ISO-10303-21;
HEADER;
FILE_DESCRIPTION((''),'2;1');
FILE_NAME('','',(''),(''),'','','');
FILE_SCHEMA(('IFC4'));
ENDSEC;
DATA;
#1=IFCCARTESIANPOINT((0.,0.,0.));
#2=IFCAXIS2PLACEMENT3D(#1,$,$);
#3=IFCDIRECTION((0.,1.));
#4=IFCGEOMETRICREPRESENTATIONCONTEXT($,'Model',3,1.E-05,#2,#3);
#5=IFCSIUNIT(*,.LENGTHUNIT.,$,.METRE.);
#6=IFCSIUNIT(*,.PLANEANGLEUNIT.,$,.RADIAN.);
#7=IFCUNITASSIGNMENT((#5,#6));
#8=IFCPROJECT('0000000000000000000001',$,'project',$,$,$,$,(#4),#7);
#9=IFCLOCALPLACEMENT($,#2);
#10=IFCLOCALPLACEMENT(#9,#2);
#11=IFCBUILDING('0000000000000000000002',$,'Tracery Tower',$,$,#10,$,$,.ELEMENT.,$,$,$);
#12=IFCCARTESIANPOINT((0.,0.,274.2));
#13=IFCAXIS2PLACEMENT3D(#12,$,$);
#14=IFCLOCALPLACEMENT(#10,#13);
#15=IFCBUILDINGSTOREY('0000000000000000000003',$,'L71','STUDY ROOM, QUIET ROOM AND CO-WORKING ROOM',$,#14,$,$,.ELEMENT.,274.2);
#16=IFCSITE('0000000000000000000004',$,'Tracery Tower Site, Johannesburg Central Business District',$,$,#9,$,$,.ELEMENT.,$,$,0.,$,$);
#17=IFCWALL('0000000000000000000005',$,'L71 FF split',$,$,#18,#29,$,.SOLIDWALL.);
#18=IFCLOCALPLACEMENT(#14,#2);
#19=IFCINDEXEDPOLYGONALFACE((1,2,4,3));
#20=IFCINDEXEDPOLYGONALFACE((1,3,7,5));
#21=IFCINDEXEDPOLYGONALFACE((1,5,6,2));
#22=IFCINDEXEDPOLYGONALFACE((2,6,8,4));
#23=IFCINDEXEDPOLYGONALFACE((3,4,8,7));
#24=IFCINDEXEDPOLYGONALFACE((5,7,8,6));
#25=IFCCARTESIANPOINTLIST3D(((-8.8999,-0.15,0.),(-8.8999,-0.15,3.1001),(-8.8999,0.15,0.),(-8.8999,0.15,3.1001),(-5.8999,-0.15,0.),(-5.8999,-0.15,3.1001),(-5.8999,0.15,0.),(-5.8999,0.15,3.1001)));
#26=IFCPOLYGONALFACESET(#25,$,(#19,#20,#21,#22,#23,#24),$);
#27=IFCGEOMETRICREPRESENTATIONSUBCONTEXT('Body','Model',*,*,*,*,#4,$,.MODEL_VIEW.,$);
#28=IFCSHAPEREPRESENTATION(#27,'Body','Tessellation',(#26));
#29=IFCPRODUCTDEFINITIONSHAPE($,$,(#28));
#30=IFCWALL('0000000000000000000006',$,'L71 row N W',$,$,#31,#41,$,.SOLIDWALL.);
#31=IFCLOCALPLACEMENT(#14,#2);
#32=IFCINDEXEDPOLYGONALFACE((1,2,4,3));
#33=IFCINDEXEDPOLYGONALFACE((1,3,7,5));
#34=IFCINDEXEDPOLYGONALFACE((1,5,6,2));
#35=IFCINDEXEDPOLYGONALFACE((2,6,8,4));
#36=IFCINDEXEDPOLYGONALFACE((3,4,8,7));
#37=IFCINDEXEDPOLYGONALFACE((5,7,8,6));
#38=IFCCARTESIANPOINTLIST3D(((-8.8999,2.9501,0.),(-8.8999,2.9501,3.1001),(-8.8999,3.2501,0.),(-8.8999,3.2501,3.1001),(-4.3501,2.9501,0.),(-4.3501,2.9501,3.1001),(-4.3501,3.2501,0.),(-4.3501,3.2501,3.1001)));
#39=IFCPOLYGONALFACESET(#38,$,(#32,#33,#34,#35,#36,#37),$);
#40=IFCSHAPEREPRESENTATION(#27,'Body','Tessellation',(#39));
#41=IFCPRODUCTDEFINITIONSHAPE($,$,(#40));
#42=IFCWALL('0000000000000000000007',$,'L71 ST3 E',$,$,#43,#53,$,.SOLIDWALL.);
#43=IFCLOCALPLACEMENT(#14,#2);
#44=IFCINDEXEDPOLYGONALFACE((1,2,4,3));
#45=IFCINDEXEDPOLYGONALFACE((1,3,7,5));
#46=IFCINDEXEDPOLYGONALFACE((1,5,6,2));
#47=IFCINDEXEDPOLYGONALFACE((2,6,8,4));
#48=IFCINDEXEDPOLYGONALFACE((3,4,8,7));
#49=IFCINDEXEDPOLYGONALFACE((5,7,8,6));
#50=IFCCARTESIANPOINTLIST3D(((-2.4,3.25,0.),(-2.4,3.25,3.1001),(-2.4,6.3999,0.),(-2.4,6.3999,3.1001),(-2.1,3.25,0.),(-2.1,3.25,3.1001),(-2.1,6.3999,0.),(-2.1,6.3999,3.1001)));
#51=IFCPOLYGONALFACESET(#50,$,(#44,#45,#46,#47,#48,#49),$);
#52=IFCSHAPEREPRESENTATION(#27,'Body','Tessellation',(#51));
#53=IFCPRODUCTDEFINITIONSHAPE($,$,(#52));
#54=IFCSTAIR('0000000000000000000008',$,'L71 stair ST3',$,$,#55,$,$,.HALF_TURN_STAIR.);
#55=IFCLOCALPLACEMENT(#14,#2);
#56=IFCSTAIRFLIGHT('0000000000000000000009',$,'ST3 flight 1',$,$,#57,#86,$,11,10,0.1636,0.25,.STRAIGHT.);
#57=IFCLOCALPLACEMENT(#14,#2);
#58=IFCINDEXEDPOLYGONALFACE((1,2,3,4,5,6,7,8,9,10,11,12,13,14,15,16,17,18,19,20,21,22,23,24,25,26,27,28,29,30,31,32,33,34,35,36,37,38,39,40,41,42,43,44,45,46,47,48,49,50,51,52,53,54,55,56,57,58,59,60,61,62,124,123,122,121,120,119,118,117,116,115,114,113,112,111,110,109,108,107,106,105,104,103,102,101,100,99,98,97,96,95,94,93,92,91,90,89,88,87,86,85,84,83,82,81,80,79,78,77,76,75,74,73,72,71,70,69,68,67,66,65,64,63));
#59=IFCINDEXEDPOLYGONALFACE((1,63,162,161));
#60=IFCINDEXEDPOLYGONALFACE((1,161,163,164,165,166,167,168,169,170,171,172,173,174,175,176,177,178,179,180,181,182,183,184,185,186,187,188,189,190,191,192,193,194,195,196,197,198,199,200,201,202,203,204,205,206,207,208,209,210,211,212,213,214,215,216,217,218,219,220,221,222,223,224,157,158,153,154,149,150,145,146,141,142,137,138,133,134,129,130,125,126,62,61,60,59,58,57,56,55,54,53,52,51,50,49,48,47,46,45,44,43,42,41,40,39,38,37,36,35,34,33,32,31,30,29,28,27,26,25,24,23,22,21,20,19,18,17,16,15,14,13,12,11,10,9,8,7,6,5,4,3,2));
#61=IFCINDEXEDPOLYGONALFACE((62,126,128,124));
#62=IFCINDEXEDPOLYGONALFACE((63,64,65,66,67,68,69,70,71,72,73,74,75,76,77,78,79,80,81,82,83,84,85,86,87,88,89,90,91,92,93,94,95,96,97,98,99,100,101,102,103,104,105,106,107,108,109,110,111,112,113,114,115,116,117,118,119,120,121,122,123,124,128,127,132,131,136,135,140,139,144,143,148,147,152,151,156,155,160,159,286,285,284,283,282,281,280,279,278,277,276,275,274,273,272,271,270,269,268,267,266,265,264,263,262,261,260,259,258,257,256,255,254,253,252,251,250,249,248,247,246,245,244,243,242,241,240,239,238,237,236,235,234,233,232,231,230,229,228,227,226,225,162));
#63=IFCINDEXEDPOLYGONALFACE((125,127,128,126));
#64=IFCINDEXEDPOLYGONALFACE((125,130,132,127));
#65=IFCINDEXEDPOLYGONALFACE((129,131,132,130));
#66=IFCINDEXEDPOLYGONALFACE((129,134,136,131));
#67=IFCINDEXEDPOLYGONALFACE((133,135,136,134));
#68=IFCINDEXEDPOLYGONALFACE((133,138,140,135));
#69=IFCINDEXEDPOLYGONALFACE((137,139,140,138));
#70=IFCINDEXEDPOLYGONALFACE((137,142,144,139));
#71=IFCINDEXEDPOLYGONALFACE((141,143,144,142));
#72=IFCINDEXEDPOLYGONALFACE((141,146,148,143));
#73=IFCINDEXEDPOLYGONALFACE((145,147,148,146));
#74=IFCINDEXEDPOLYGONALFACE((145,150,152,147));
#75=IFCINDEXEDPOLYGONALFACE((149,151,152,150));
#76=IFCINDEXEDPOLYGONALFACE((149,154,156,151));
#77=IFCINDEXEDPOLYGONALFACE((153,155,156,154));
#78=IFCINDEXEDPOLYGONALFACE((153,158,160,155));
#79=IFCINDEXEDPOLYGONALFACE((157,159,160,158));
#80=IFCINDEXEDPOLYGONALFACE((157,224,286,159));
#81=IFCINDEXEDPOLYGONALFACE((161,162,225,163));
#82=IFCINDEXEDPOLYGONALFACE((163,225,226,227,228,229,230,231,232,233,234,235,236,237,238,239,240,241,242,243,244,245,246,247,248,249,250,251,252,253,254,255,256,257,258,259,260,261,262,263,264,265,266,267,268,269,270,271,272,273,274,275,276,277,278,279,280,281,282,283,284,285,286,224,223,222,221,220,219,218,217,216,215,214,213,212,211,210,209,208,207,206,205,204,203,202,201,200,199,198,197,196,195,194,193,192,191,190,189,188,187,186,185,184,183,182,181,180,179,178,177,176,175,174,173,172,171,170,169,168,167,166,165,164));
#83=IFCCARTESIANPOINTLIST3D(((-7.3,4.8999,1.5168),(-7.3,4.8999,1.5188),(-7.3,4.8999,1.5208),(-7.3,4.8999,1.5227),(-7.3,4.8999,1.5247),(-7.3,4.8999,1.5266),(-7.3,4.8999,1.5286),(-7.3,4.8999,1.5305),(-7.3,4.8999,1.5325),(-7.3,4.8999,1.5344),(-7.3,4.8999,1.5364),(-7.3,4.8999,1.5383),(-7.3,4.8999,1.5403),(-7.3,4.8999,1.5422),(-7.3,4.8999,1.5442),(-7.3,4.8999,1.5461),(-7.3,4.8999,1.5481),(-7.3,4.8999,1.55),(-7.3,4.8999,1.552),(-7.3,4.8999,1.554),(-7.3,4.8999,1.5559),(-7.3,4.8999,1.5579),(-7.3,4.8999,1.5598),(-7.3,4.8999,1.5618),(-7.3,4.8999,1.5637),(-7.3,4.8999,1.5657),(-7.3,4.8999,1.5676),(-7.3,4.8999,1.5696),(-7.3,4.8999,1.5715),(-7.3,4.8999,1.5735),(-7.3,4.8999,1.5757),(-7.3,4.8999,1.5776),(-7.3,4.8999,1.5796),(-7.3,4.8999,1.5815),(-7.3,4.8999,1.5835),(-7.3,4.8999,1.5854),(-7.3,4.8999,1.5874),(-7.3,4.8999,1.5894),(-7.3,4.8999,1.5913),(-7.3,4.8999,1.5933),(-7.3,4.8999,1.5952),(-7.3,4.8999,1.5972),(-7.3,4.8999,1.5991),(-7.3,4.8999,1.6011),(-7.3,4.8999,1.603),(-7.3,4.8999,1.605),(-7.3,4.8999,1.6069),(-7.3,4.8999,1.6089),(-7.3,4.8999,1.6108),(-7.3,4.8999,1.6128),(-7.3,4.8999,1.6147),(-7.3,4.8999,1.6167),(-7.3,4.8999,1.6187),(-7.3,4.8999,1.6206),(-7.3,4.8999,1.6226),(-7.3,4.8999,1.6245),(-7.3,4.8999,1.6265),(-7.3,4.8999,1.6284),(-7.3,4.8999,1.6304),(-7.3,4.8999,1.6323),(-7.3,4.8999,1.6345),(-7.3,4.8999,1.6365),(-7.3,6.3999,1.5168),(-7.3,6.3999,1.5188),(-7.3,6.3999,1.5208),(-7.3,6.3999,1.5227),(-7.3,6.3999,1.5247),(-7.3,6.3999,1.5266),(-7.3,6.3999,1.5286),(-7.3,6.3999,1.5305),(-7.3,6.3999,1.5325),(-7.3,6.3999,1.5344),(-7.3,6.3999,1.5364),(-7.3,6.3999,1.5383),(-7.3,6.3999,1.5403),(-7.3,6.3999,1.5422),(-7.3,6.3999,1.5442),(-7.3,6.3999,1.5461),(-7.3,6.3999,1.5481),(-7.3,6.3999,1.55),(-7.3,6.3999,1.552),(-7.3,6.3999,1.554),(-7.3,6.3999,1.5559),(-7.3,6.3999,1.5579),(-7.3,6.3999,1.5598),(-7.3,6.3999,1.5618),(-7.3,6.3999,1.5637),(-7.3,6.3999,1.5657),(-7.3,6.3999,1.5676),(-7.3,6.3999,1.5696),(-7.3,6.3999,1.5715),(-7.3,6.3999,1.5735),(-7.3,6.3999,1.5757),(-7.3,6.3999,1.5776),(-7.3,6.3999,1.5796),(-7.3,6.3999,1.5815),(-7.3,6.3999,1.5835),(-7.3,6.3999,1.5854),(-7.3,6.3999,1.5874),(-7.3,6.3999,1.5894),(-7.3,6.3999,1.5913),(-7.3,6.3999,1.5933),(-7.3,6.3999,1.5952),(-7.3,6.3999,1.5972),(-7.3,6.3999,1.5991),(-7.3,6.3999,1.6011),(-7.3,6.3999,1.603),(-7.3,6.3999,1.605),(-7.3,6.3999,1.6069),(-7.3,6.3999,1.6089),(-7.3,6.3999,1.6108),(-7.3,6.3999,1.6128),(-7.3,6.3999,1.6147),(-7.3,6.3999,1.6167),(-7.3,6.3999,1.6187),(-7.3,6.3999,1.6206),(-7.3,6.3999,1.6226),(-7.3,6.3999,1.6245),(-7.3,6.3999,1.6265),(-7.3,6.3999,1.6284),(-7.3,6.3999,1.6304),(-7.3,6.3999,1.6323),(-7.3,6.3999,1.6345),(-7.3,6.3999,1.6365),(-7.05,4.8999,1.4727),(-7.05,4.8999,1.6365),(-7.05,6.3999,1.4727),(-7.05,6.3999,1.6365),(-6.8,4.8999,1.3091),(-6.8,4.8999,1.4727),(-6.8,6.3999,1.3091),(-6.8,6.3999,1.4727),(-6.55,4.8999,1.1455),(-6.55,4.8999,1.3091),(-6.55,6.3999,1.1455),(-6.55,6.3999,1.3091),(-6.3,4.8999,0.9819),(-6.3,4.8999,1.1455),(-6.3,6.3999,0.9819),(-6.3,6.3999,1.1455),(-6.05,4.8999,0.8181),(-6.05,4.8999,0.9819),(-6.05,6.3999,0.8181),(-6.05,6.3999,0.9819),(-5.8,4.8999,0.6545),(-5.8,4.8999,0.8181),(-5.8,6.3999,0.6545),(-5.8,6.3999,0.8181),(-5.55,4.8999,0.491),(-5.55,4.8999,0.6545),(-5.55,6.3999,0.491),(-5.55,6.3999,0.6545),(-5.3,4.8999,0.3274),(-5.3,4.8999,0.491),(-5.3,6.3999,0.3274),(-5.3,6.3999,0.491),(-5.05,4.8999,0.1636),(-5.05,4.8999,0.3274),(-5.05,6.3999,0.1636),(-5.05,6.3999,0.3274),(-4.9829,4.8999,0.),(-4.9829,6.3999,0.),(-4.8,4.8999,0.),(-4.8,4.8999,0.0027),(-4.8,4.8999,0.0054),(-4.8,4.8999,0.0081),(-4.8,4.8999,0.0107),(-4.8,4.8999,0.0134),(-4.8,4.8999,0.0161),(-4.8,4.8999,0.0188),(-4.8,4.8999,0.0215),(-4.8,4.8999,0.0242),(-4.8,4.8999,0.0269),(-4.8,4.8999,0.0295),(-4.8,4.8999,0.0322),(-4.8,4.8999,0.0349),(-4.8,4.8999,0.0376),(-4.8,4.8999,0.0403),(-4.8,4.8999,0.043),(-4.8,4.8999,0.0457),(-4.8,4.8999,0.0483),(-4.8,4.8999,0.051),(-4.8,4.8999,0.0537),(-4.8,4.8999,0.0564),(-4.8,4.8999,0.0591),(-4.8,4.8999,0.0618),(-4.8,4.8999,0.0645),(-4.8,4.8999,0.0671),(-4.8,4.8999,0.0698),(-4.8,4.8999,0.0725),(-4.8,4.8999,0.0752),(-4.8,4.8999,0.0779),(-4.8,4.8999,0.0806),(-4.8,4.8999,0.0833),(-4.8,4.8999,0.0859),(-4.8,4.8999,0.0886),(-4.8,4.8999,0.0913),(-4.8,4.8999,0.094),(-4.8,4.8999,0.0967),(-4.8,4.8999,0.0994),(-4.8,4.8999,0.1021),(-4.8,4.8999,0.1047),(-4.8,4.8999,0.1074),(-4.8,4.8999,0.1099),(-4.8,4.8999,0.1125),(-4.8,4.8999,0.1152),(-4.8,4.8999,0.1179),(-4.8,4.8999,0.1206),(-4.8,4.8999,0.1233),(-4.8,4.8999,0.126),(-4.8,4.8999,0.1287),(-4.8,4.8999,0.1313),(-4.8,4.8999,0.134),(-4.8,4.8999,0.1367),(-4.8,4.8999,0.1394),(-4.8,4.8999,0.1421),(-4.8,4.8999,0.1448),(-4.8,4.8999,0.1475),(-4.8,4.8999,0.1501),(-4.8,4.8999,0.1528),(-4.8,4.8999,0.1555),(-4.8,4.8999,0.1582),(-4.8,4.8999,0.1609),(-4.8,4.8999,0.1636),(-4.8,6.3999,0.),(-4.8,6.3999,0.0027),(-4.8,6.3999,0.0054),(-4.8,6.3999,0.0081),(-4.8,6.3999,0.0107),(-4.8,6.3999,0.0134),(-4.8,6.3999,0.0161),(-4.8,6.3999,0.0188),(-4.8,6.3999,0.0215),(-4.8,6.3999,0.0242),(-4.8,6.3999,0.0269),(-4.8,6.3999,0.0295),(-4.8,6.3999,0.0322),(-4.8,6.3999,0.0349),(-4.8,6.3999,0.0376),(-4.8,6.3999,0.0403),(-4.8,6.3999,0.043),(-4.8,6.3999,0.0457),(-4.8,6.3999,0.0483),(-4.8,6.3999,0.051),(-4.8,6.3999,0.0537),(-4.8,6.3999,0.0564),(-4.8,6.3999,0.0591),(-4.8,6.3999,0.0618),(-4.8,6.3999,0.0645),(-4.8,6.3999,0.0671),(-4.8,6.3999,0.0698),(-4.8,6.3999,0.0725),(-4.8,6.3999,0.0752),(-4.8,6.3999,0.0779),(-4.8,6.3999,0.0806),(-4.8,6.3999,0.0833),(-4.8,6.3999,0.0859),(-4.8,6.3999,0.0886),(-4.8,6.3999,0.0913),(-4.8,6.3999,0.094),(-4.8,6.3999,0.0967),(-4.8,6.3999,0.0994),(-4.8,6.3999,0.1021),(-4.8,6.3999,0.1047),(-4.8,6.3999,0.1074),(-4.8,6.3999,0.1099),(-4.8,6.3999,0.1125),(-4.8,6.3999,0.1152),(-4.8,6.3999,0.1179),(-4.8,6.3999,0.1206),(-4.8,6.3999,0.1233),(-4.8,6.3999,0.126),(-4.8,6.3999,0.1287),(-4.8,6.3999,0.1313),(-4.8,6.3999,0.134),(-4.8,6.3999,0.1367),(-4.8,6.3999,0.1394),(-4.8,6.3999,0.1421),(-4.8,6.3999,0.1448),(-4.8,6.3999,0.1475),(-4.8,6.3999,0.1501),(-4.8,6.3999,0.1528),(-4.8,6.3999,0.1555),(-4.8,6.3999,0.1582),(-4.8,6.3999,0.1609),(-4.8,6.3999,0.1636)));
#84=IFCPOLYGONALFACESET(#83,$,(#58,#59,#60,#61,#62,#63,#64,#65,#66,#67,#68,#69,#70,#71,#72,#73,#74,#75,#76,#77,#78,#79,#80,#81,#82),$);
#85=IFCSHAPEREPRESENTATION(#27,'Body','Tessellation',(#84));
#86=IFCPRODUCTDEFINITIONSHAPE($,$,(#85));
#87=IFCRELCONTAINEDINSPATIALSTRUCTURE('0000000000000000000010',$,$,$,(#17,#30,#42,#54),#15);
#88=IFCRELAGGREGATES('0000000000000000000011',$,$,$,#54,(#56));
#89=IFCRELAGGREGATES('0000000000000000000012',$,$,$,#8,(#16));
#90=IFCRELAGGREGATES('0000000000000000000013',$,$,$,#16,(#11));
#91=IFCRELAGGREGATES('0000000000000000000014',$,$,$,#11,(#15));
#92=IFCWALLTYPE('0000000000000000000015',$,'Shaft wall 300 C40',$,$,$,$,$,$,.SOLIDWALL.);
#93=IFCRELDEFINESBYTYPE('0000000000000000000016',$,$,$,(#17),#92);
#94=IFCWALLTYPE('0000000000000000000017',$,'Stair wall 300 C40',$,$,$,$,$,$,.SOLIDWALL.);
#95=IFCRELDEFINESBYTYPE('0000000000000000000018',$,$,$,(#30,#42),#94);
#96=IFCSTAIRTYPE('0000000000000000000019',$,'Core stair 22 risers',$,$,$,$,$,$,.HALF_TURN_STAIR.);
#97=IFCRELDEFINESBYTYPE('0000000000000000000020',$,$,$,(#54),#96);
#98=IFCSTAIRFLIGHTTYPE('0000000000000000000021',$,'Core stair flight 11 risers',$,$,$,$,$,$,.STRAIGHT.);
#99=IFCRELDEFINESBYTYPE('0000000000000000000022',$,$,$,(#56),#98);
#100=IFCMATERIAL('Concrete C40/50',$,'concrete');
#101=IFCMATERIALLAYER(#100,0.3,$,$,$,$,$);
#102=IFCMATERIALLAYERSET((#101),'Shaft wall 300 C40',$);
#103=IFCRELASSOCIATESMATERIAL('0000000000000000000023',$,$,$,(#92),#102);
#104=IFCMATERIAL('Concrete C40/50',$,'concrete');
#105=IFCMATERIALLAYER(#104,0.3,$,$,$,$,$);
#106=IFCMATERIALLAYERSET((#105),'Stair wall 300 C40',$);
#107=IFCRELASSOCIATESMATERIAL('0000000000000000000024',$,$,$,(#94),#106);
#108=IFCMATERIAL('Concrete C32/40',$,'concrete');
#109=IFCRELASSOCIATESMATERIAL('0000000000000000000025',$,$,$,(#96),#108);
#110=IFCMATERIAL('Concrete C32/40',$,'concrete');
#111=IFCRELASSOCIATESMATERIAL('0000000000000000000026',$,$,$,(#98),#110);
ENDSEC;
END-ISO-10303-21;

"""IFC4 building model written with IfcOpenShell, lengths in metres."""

from ifc_helpers import new_model, si_unit, direction, frame, frame_2d, origin, place, context, subcontext, project, spatial, polyline, rectangle, outline, extrude, material, layer, layer_set, type_object, element, aggregate, save


model = new_model("IFC4")

# Units and contexts
model_context = context("Model", 3, precision=1e-05, world=origin(), true_north=direction((0.0, 1.0)))
body_context = subcontext(model_context, "Body", "Model", "MODEL_VIEW")
ifc_project = project(units=[si_unit("LENGTHUNIT", "METRE"), si_unit("PLANEANGLEUNIT", "RADIAN")], contexts=[model_context])

# Site, building, storey
site_placement = place(None, origin())
site = spatial("IfcSite", under=ifc_project, at=site_placement, Name="Tracery Tower Site, Johannesburg Central Business District", CompositionType="ELEMENT", RefElevation=0.0)
building_placement = place(site_placement, origin())
building = spatial("IfcBuilding", under=site, at=building_placement, Name="Tracery Tower", CompositionType="ELEMENT")
storey_placement = place(building_placement, frame((0.0, 0.0, 274.2)))
storey = spatial("IfcBuildingStorey", under=building, at=storey_placement, Name="L71", Description="STUDY ROOM, QUIET ROOM AND CO-WORKING ROOM", CompositionType="ELEMENT", Elevation=274.2)

# Walls
ifc_material_1 = material(Name="Concrete C40/50", Category="concrete")
ifc_layer_1 = layer(ifc_material_1, 0.3)
ifc_layer_set_1 = layer_set([ifc_layer_1], Name="Shaft wall 300 C40")
wall_type_1 = type_object("IfcWallType", Name="Shaft wall 300 C40", PredefinedType="SOLIDWALL", material=ifc_layer_set_1)
wall_1_placement = place(storey_placement, frame((-8.8999, 0.0, 0.0), z_axis=(0.0, 0.0, 1.0), x_axis=(1.0, 0.0, 0.0)))
element("IfcWall", 1, at=wall_1_placement, inside=storey, type_object=wall_type_1, Name="L71 FF split", PredefinedType="SOLIDWALL", context=body_context, shape_type="SweptSolid", body=[
    extrude(rectangle(XDim=3.0, YDim=0.3, at=frame_2d((1.5, 0.0))), origin(), (0.0, 0.0, 1.0), 3.1001),
])
ifc_material_2 = material(Name="Concrete C40/50", Category="concrete")
ifc_layer_2 = layer(ifc_material_2, 0.3)
ifc_layer_set_2 = layer_set([ifc_layer_2], Name="Stair wall 300 C40")
wall_type_2 = type_object("IfcWallType", Name="Stair wall 300 C40", PredefinedType="SOLIDWALL", material=ifc_layer_set_2)
wall_2_placement = place(storey_placement, frame((-8.8999, 3.1001, 0.0), z_axis=(0.0, 0.0, 1.0), x_axis=(1.0, 0.0, 0.0)))
element("IfcWall", 2, at=wall_2_placement, inside=storey, type_object=wall_type_2, Name="L71 row N W", PredefinedType="SOLIDWALL", context=body_context, shape_type="SweptSolid", body=[
    extrude(rectangle(XDim=4.5498, YDim=0.3, at=frame_2d((2.2749, 0.0))), origin(), (0.0, 0.0, 1.0), 3.1001),
])

# Wall
wall_3_placement = place(storey_placement, frame((-2.25, 3.25, 0.0), z_axis=(0.0, 0.0, 1.0), x_axis=(0.0, 1.0, 0.0)))
element("IfcWall", 3, at=wall_3_placement, inside=storey, type_object=wall_type_2, Name="L71 ST3 E", PredefinedType="SOLIDWALL", context=body_context, shape_type="SweptSolid", body=[
    extrude(rectangle(XDim=3.1499, YDim=0.3, at=frame_2d((1.575, 0.0))), origin(), (0.0, 0.0, 1.0), 3.1001),
])

# Stair, stair flight
ifc_material_3 = material(Name="Concrete C32/40", Category="concrete")
stair_type = type_object("IfcStairType", Name="Core stair 22 risers", PredefinedType="HALF_TURN_STAIR", material=ifc_material_3)
stair_placement = place(storey_placement, origin())
stair = element("IfcStair", 4, at=stair_placement, inside=storey, type_object=stair_type, Name="L71 stair ST3", PredefinedType="HALF_TURN_STAIR")
ifc_material_4 = material(Name="Concrete C32/40", Category="concrete")
stair_flight_type = type_object("IfcStairFlightType", Name="Core stair flight 11 risers", PredefinedType="STRAIGHT", material=ifc_material_4)
stair_flight_1_placement = place(storey_placement, frame((-4.8, 5.6499, 0.0), z_axis=(0.0, 0.0, 1.0), x_axis=(-1.0, 0.0, 0.0)))
stair_flight_1 = element("IfcStairFlight", 5, at=stair_flight_1_placement, type_object=stair_flight_type, Name="ST3 flight 1", NumberOfRisers=11, NumberOfTreads=10, PredefinedType="STRAIGHT", RiserHeight=0.1636, TreadLength=0.25, context=body_context, shape_type="SweptSolid", body=[
    extrude(outline(polyline([(0.0, 0.0), (0.0, 0.0027), (0.0, 0.0054), (0.0, 0.0081), (0.0, 0.0107), (0.0, 0.0134), (0.0, 0.0161), (0.0, 0.0188), (0.0, 0.0215), (0.0, 0.0242), (0.0, 0.0269), (0.0, 0.0295), (0.0, 0.0322), (0.0, 0.0349), (0.0, 0.0376), (0.0, 0.0403), (0.0, 0.043), (0.0, 0.0457), (0.0, 0.0483), (0.0, 0.051), (0.0, 0.0537), (0.0, 0.0564), (0.0, 0.0591), (0.0, 0.0618), (0.0, 0.0645), (0.0, 0.0671), (0.0, 0.0698), (0.0, 0.0725), (0.0, 0.0752), (0.0, 0.0779), (0.0, 0.0806), (0.0, 0.0833), (0.0, 0.0859), (0.0, 0.0886), (0.0, 0.0913), (0.0, 0.094), (0.0, 0.0967), (0.0, 0.0994), (0.0, 0.1021), (0.0, 0.1047), (0.0, 0.1074), (0.0, 0.1099), (0.0, 0.1125), (0.0, 0.1152), (0.0, 0.1179), (0.0, 0.1206), (0.0, 0.1233), (0.0, 0.126), (0.0, 0.1287), (0.0, 0.1313), (0.0, 0.134), (0.0, 0.1367), (0.0, 0.1394), (0.0, 0.1421), (0.0, 0.1448), (0.0, 0.1475), (0.0, 0.1501), (0.0, 0.1528), (0.0, 0.1555), (0.0, 0.1582), (0.0, 0.1609), (0.0, 0.1636), (0.25, 0.1636), (0.25, 0.3274), (0.5, 0.3274), (0.5, 0.491), (0.75, 0.491), (0.75, 0.6545), (1.0, 0.6545), (1.0, 0.8181), (1.25, 0.8181), (1.25, 0.9819), (1.5, 0.9819), (1.5, 1.1455), (1.75, 1.1455), (1.75, 1.3091), (2.0, 1.3091), (2.0, 1.4727), (2.25, 1.4727), (2.25, 1.6365), (2.5, 1.6365), (2.5, 1.6345), (2.5, 1.6323), (2.5, 1.6304), (2.5, 1.6284), (2.5, 1.6265), (2.5, 1.6245), (2.5, 1.6226), (2.5, 1.6206), (2.5, 1.6187), (2.5, 1.6167), (2.5, 1.6147), (2.5, 1.6128), (2.5, 1.6108), (2.5, 1.6089), (2.5, 1.6069), (2.5, 1.605), (2.5, 1.603), (2.5, 1.6011), (2.5, 1.5991), (2.5, 1.5972), (2.5, 1.5952), (2.5, 1.5933), (2.5, 1.5913), (2.5, 1.5894), (2.5, 1.5874), (2.5, 1.5854), (2.5, 1.5835), (2.5, 1.5815), (2.5, 1.5796), (2.5, 1.5776), (2.5, 1.5757), (2.5, 1.5735), (2.5, 1.5715), (2.5, 1.5696), (2.5, 1.5676), (2.5, 1.5657), (2.5, 1.5637), (2.5, 1.5618), (2.5, 1.5598), (2.5, 1.5579), (2.5, 1.5559), (2.5, 1.554), (2.5, 1.552), (2.5, 1.55), (2.5, 1.5481), (2.5, 1.5461), (2.5, 1.5442), (2.5, 1.5422), (2.5, 1.5403), (2.5, 1.5383), (2.5, 1.5364), (2.5, 1.5344), (2.5, 1.5325), (2.5, 1.5305), (2.5, 1.5286), (2.5, 1.5266), (2.5, 1.5247), (2.5, 1.5227), (2.5, 1.5208), (2.5, 1.5188), (2.5, 1.5168), (0.1829, 0.0), (0.0, 0.0)])), frame((0.0, 0.75, 0.0), z_axis=(0.0, -1.0, 0.0), x_axis=(1.0, 0.0, 0.0)), (0.0, 0.0, 1.0), 1.5),
])
aggregate(stair, [stair_flight_1])

save(model, "model.ifc")
